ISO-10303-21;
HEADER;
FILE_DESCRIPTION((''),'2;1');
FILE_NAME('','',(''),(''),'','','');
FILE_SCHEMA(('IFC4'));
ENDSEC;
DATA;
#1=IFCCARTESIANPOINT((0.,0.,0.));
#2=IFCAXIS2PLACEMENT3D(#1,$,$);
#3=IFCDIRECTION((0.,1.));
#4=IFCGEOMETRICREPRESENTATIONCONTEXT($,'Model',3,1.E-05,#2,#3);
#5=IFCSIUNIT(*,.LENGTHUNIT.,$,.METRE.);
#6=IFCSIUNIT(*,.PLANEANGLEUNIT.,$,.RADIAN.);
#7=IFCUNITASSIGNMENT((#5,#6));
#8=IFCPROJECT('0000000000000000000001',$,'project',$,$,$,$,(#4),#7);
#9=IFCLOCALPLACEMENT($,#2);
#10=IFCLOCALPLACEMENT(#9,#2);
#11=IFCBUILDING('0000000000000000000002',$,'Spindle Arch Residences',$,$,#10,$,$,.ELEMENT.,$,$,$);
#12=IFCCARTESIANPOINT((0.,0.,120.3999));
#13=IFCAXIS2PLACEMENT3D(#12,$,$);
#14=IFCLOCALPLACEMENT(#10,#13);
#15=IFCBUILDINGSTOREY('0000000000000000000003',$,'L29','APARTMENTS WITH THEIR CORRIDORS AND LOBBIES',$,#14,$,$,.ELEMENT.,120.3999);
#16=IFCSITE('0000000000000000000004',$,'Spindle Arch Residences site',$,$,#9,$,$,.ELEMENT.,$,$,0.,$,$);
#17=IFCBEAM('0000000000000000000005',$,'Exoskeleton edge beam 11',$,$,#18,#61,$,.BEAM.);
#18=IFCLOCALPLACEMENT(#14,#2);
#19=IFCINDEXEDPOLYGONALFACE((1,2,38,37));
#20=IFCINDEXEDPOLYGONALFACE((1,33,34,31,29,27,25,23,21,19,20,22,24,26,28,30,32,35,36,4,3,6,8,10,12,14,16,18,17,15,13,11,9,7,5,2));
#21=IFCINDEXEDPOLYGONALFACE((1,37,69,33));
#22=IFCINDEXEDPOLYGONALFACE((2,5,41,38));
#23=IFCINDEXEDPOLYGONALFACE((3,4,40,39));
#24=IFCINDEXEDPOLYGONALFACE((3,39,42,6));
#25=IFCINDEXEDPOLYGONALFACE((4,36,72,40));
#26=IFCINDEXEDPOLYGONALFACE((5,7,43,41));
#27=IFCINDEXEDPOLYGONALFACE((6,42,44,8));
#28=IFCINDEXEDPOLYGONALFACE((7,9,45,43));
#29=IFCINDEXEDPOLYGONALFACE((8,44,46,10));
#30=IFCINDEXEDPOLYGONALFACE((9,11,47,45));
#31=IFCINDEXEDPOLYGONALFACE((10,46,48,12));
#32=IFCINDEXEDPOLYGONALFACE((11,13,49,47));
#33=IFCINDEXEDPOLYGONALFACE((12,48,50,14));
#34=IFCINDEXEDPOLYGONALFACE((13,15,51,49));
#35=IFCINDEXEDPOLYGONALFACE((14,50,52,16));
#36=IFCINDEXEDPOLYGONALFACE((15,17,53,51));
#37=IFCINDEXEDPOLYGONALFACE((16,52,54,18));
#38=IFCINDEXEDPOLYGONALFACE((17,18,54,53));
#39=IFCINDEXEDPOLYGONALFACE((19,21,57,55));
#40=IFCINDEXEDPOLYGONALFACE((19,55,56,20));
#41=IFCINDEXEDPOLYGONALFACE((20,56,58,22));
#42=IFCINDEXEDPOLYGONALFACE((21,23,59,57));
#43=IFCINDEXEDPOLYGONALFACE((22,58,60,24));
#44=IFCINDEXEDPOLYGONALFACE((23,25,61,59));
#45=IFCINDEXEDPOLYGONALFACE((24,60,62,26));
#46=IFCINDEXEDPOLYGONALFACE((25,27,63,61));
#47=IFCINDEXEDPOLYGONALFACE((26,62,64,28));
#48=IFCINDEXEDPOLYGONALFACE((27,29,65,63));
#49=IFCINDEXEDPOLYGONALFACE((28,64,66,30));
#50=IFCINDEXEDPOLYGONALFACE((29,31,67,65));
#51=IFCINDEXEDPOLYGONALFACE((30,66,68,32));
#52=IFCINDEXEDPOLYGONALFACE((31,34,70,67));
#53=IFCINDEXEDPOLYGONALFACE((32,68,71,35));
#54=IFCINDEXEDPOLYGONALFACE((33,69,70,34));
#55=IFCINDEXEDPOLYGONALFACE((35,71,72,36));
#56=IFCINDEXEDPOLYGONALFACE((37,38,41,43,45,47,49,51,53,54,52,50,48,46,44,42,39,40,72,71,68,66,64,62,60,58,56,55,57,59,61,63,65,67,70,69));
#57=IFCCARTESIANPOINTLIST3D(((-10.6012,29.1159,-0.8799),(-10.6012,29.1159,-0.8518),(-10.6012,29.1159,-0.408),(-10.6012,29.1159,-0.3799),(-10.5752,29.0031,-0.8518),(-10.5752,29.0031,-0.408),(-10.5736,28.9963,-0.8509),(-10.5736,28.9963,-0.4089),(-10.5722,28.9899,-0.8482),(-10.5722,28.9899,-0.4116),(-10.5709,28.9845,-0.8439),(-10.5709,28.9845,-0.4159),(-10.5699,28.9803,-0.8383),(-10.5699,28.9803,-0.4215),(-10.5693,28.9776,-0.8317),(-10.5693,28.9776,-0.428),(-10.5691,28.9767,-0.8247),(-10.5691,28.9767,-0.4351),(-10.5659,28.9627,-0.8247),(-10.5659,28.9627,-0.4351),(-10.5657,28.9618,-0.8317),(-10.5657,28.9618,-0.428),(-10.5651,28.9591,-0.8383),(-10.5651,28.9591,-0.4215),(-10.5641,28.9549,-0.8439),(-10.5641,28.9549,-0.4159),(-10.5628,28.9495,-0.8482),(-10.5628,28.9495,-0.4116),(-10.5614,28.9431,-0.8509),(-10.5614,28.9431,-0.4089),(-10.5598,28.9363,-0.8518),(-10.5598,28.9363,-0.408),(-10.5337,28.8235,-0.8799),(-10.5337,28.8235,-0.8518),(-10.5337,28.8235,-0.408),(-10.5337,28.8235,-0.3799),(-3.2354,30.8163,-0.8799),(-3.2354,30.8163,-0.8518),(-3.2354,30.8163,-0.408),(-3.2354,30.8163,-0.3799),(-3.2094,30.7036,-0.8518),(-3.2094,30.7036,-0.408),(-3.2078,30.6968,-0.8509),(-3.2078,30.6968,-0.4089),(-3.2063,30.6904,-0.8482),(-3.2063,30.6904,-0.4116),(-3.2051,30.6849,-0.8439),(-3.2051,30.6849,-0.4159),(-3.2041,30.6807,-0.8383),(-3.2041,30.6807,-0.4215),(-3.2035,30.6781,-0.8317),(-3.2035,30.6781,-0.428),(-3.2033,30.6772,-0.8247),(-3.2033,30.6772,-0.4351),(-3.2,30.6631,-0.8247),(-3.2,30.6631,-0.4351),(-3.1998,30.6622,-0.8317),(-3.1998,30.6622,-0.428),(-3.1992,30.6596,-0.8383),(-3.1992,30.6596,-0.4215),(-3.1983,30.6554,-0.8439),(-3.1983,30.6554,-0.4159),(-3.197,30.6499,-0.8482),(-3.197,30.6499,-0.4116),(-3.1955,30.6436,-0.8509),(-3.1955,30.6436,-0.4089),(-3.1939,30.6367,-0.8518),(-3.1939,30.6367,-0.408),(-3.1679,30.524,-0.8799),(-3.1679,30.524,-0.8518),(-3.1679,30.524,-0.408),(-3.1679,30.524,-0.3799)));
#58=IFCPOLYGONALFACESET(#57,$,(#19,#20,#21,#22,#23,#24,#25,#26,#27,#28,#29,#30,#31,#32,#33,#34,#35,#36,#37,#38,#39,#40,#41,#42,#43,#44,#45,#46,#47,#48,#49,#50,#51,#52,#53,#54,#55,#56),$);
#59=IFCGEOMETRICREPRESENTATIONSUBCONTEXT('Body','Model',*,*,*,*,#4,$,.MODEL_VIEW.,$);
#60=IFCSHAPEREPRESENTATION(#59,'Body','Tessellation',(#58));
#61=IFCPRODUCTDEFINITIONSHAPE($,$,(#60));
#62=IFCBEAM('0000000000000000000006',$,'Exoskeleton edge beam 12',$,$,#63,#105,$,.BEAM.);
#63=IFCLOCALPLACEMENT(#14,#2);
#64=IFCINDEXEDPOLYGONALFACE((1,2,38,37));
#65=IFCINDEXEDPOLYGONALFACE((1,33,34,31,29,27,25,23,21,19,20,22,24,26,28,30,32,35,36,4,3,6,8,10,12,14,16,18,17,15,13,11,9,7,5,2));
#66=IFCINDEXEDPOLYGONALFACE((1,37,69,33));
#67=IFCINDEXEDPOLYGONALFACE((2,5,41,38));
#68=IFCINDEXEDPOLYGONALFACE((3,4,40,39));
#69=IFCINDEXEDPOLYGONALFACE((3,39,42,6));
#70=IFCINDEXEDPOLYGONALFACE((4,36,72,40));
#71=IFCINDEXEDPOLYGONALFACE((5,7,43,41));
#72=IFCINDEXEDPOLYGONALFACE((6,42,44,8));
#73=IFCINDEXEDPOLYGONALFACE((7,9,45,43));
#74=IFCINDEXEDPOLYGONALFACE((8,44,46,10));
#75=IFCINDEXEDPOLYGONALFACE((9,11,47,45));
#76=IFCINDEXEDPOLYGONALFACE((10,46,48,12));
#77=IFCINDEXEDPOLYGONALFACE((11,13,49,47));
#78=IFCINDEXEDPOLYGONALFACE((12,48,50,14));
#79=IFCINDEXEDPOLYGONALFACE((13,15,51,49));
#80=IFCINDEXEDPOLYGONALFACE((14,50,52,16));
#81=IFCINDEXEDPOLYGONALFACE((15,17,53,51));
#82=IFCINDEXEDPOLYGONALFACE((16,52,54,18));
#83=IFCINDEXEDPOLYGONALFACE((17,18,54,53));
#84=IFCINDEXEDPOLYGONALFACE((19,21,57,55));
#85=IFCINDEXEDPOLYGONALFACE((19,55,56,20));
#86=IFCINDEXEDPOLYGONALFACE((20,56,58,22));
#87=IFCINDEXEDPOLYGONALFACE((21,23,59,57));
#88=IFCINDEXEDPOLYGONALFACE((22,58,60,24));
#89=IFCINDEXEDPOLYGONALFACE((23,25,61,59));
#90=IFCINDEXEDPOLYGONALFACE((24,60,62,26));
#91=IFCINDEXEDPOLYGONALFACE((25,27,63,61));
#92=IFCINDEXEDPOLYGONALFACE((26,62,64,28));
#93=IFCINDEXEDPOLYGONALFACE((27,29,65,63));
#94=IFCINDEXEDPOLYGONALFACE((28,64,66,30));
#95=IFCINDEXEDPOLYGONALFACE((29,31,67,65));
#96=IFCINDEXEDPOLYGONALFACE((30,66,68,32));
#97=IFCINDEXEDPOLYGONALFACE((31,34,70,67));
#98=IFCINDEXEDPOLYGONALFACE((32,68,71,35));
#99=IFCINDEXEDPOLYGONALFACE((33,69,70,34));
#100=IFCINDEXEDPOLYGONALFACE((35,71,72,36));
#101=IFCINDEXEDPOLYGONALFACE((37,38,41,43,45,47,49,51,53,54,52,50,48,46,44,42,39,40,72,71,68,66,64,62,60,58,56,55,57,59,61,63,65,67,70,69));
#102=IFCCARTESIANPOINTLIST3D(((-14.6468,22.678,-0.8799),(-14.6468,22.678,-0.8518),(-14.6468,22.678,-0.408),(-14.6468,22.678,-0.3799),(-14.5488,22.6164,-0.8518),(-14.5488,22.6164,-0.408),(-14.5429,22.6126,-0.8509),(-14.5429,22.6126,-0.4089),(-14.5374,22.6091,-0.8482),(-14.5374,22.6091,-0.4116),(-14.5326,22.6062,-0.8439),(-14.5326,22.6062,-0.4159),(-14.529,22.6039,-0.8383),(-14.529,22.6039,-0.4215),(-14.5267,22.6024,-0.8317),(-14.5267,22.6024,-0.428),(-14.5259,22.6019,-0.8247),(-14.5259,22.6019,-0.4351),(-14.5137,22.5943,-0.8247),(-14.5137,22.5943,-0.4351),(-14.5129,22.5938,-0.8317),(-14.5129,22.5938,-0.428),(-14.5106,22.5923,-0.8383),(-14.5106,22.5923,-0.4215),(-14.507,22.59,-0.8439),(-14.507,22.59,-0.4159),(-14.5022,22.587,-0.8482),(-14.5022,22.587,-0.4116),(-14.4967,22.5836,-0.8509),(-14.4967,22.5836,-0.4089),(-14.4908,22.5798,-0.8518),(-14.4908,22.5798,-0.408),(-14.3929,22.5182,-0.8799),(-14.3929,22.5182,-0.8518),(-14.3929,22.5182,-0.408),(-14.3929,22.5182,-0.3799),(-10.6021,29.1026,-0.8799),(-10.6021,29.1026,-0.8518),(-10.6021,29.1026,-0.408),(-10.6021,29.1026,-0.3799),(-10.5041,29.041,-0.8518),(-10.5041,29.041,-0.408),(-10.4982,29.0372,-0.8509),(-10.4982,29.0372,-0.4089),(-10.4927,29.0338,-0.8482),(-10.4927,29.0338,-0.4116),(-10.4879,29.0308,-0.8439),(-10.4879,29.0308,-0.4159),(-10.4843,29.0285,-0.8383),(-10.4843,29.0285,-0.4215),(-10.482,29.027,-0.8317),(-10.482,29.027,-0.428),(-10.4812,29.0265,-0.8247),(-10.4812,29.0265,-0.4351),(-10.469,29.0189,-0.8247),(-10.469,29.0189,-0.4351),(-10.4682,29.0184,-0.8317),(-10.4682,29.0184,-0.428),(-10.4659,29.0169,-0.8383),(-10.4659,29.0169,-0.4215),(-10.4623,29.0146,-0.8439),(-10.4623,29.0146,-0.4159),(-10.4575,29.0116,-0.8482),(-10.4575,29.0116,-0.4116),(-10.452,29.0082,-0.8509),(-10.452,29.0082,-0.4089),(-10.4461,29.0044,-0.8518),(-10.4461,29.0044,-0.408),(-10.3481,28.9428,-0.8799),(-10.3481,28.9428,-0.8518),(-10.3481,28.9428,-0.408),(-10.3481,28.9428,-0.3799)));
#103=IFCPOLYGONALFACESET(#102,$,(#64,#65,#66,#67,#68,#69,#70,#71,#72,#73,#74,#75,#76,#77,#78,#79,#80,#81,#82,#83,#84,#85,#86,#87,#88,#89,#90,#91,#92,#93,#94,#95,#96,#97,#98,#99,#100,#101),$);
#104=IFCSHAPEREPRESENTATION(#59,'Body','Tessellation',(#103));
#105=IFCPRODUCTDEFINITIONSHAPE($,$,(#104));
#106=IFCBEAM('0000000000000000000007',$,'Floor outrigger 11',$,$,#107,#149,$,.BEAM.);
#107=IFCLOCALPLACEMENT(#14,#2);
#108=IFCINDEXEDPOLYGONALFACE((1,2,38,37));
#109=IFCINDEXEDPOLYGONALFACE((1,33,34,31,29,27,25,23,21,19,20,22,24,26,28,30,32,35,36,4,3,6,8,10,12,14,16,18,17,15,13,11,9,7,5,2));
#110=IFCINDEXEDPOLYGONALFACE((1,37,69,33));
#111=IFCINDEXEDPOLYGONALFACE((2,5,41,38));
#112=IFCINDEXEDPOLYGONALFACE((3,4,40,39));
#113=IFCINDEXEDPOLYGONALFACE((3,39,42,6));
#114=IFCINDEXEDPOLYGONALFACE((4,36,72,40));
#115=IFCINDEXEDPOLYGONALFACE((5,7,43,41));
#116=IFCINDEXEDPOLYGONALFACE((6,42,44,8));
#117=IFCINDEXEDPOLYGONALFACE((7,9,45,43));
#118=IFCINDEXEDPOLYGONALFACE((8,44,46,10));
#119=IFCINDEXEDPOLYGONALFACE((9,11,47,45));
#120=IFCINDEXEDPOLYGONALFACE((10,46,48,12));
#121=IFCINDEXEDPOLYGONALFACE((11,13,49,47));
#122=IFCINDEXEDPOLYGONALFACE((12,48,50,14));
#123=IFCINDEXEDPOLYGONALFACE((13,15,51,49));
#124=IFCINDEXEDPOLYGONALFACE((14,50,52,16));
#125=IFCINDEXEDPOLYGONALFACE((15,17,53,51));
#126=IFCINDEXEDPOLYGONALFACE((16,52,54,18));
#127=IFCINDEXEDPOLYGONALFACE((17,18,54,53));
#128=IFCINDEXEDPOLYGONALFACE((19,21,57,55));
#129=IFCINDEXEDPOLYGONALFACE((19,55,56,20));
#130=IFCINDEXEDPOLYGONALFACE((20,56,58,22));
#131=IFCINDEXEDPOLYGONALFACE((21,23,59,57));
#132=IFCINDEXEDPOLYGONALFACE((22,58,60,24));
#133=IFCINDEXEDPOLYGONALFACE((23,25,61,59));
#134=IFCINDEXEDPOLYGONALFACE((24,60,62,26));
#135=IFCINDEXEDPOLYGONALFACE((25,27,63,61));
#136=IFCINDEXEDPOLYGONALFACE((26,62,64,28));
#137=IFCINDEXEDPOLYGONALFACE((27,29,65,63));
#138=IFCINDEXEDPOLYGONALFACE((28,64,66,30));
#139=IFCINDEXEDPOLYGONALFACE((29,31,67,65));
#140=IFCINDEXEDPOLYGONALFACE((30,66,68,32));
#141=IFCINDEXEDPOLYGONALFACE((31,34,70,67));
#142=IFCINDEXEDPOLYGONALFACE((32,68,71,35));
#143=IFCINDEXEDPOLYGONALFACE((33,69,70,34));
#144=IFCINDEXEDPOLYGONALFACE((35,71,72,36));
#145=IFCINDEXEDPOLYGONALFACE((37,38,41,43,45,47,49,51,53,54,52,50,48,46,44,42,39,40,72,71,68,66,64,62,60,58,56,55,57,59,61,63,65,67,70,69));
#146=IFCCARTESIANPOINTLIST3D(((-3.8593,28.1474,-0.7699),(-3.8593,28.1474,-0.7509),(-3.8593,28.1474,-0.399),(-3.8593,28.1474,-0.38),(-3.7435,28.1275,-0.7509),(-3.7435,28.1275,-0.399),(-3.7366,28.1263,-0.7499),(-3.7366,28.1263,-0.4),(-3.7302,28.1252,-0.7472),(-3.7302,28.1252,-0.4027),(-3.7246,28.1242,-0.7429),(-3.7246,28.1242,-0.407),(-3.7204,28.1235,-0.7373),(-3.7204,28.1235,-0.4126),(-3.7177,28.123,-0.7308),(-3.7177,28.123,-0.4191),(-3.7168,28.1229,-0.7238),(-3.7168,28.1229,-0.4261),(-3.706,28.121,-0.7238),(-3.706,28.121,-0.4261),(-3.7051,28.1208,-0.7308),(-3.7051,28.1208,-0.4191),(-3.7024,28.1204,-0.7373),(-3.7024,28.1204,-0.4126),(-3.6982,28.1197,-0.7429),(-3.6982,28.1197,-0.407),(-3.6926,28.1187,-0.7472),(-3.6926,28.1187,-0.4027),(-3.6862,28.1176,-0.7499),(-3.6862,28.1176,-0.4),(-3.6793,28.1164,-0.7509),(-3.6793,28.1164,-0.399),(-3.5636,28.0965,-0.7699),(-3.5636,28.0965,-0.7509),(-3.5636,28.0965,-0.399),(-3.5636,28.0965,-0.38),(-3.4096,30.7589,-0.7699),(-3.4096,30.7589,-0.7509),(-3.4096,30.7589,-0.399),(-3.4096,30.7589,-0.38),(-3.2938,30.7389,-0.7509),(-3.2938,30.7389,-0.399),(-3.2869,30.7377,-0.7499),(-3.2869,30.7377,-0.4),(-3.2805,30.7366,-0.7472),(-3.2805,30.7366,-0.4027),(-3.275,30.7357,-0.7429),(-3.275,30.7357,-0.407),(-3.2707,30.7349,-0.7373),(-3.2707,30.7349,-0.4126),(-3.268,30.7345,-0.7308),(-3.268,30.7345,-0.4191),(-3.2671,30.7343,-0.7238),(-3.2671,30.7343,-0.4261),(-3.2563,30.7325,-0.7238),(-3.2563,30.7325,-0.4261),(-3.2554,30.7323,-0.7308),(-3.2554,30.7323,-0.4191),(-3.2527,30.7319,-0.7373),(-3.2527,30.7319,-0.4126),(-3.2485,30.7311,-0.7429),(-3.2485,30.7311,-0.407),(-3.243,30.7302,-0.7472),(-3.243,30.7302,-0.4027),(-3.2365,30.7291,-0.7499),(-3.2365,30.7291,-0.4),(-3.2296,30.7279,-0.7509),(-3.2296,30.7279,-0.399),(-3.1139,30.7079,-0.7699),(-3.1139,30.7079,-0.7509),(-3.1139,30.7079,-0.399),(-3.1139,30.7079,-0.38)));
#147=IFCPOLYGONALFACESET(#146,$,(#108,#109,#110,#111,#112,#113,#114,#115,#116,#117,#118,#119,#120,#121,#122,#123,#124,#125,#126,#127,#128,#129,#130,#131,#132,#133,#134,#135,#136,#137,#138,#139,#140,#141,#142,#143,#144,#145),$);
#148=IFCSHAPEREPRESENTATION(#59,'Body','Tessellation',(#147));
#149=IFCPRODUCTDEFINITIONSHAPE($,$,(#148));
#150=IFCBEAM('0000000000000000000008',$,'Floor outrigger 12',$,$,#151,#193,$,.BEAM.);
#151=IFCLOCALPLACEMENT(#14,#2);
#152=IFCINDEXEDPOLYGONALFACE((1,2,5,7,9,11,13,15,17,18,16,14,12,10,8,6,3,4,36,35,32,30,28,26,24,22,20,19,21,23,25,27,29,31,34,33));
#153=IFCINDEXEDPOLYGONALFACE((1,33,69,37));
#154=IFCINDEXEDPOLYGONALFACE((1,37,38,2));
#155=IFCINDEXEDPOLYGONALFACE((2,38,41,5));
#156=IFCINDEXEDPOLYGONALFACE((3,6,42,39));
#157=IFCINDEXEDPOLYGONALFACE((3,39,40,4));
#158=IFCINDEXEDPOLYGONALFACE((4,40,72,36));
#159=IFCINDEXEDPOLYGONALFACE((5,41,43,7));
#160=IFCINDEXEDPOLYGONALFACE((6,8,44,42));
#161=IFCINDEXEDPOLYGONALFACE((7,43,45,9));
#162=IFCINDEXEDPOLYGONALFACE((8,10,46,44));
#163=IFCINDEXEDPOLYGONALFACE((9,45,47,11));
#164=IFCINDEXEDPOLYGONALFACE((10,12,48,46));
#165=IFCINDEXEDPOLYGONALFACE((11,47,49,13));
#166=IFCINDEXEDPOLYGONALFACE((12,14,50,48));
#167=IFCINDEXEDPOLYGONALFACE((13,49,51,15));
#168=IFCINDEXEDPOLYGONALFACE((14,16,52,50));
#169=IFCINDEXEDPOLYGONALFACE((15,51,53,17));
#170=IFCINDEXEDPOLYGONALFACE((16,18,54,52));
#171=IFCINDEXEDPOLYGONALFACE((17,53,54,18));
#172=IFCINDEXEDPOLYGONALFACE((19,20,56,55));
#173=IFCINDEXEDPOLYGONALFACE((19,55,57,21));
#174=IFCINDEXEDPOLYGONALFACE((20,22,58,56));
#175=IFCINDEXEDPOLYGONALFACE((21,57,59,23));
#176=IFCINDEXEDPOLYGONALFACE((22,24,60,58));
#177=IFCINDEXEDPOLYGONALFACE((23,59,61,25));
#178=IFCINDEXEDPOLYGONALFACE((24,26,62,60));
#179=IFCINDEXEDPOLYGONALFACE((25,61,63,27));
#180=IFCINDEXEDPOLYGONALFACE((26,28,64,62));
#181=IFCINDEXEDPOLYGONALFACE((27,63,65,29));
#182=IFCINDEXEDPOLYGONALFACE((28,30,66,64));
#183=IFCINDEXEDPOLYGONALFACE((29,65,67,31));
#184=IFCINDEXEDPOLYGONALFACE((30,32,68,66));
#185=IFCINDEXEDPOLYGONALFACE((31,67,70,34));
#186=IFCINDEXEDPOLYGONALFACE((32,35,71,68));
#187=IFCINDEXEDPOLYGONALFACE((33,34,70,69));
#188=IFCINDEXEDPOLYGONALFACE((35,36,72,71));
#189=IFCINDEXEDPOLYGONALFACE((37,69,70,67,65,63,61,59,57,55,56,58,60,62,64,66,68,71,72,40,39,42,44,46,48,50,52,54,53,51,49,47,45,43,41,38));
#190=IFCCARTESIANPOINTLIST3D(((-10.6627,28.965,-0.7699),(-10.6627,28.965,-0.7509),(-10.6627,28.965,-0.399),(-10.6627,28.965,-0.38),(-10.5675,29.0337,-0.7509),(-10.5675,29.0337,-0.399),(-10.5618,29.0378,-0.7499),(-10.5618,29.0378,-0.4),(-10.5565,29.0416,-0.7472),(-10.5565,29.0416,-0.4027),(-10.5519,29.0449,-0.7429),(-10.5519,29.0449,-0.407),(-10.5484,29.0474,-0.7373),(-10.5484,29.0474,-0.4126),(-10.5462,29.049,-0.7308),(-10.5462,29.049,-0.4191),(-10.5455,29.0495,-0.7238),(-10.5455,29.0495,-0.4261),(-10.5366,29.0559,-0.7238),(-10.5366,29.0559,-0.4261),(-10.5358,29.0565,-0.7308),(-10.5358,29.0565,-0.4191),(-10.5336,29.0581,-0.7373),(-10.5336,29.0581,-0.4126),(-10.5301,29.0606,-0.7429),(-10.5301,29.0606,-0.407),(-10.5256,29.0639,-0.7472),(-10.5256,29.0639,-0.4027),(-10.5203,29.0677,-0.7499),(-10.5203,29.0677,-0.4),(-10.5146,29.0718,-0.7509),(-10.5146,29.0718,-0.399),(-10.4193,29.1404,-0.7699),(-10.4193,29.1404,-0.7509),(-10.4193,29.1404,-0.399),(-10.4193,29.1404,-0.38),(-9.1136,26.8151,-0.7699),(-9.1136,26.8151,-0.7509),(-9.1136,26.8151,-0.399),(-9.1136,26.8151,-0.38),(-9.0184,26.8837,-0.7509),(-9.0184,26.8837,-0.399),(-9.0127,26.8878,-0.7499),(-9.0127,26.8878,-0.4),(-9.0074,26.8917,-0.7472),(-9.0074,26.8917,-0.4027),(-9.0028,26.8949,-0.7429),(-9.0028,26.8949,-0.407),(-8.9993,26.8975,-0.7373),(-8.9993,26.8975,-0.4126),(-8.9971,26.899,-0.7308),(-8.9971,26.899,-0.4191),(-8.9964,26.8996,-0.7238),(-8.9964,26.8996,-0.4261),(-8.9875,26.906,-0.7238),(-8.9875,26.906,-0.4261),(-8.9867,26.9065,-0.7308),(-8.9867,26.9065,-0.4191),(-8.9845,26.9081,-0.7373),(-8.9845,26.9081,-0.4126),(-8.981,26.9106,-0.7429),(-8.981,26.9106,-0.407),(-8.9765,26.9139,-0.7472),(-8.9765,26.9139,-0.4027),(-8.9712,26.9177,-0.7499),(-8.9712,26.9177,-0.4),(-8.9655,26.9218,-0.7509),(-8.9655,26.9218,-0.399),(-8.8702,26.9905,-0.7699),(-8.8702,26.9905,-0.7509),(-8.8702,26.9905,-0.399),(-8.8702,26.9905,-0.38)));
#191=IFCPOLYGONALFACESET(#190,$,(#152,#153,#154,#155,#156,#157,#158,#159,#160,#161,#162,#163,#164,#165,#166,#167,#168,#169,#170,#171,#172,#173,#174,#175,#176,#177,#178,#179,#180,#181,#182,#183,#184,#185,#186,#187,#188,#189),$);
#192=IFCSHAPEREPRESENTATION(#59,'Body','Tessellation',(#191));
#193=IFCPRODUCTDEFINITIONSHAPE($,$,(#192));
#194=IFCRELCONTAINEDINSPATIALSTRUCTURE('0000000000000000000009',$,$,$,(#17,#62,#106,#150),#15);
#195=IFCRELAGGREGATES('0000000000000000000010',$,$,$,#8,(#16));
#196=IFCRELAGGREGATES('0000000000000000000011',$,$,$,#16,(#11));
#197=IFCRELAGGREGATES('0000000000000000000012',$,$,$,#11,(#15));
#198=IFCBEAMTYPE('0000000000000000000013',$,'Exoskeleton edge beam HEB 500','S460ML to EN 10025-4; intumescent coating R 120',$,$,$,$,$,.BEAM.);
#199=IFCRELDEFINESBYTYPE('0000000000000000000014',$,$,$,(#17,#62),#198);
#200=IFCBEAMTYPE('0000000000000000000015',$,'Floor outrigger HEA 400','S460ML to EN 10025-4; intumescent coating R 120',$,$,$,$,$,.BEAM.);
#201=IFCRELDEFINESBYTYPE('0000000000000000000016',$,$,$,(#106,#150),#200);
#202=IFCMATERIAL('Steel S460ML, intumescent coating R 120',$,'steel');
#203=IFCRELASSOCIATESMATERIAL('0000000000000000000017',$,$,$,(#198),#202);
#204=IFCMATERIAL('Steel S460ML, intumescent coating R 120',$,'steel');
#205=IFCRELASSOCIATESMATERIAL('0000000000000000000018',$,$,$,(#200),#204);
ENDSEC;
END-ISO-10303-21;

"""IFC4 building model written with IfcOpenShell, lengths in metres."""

from ifc_helpers import new_model, si_unit, direction, frame, origin, origin_2d, place, context, subcontext, project, spatial, i_section, extrude, material, material_profile, profile_set, type_object, element, save


model = new_model("IFC4")

# Units and contexts
model_context = context("Model", 3, precision=1e-05, world=origin(), true_north=direction((0.0, 1.0)))
body_context = subcontext(model_context, "Body", "Model", "MODEL_VIEW")
ifc_project = project(units=[si_unit("LENGTHUNIT", "METRE"), si_unit("PLANEANGLEUNIT", "RADIAN")], contexts=[model_context])

# Site, building, storey
site_placement = place(None, origin())
site = spatial("IfcSite", under=ifc_project, at=site_placement, Name="Spindle Arch Residences site", CompositionType="ELEMENT", RefElevation=0.0)
building_placement = place(site_placement, origin())
building = spatial("IfcBuilding", under=site, at=building_placement, Name="Spindle Arch Residences", CompositionType="ELEMENT")
storey_placement = place(building_placement, frame((0.0, 0.0, 120.3999)))
storey = spatial("IfcBuildingStorey", under=building, at=storey_placement, Name="L29", Description="APARTMENTS WITH THEIR CORRIDORS AND LOBBIES", CompositionType="ELEMENT", Elevation=120.3999)

# Beams
ifc_material_1 = material(Name="Steel S460ML, intumescent coating R 120", Category="steel")
ifc_material_profile_1 = material_profile(ifc_material_1, i_section(OverallWidth=0.3, OverallDepth=0.5, WebThickness=0.0144, FlangeThickness=0.0281, FilletRadius=0.0271, at=origin_2d()), Name="HEB 500")
ifc_profile_set_1 = profile_set([ifc_material_profile_1], Name="Steel S460ML, intumescent coating R 120")
beam_type_1 = type_object("IfcBeamType", Name="Exoskeleton edge beam HEB 500", Description="S460ML to EN 10025-4; intumescent coating R 120", PredefinedType="BEAM", material=ifc_profile_set_1)
beam_1_placement = place(storey_placement, frame((-3.2017, 30.6702, -0.6299), z_axis=(-0.974372, -0.224942, 0.0), x_axis=(0.224942, -0.974372, 0.0)))
element("IfcBeam", 1, at=beam_1_placement, inside=storey, type_object=beam_type_1, Name="Exoskeleton edge beam 11", PredefinedType="BEAM", context=body_context, shape_type="SweptSolid", body=[
    extrude(i_section(OverallWidth=0.3, OverallDepth=0.5, WebThickness=0.0144, FlangeThickness=0.0281, FilletRadius=0.0271, at=origin_2d()), origin(), (0.0, 0.0, 1.0), 7.5596),
])
beam_2_placement = place(storey_placement, frame((-10.4751, 29.0227, -0.6299), z_axis=(-0.532774, -0.846258, 0.0), x_axis=(0.846258, -0.532774, 0.0)))
element("IfcBeam", 2, at=beam_2_placement, inside=storey, type_object=beam_type_1, Name="Exoskeleton edge beam 12", PredefinedType="BEAM", context=body_context, shape_type="SweptSolid", body=[
    extrude(i_section(OverallWidth=0.3, OverallDepth=0.5, WebThickness=0.0144, FlangeThickness=0.0281, FilletRadius=0.0271, at=origin_2d()), origin(), (0.0, 0.0, 1.0), 7.5918),
])
ifc_material_2 = material(Name="Steel S460ML, intumescent coating R 120", Category="steel")
ifc_material_profile_2 = material_profile(ifc_material_2, i_section(OverallWidth=0.3, OverallDepth=0.3899, WebThickness=0.011, FlangeThickness=0.019, FilletRadius=0.0271, at=origin_2d()), Name="HEA 400")
ifc_profile_set_2 = profile_set([ifc_material_profile_2], Name="Steel S460ML, intumescent coating R 120")
beam_type_2 = type_object("IfcBeamType", Name="Floor outrigger HEA 400", Description="S460ML to EN 10025-4; intumescent coating R 120", PredefinedType="BEAM", material=ifc_profile_set_2)
for number, where, z_axis, x_axis, name in (
    (3, (-3.2617, 30.7334, -0.575), (-0.1697, -0.985496, 0.0), (0.985496, -0.1697, 0.0), "Floor outrigger 11"),
    (4, (-10.541, 29.0527, -0.575), (0.584589, -0.81133, 0.0), (0.81133, 0.584589, 0.0), "Floor outrigger 12"),
):
    element("IfcBeam", number, at=place(storey_placement, frame(where, z_axis=z_axis, x_axis=x_axis)), inside=storey, type_object=beam_type_2, Name=name, PredefinedType="BEAM", context=body_context, shape_type="SweptSolid", body=[
        extrude(i_section(OverallWidth=0.3, OverallDepth=0.3899, WebThickness=0.011, FlangeThickness=0.019, FilletRadius=0.0271, at=origin_2d()), origin(), (0.0, 0.0, 1.0), 2.6499),
    ])

save(model, "model.ifc")
